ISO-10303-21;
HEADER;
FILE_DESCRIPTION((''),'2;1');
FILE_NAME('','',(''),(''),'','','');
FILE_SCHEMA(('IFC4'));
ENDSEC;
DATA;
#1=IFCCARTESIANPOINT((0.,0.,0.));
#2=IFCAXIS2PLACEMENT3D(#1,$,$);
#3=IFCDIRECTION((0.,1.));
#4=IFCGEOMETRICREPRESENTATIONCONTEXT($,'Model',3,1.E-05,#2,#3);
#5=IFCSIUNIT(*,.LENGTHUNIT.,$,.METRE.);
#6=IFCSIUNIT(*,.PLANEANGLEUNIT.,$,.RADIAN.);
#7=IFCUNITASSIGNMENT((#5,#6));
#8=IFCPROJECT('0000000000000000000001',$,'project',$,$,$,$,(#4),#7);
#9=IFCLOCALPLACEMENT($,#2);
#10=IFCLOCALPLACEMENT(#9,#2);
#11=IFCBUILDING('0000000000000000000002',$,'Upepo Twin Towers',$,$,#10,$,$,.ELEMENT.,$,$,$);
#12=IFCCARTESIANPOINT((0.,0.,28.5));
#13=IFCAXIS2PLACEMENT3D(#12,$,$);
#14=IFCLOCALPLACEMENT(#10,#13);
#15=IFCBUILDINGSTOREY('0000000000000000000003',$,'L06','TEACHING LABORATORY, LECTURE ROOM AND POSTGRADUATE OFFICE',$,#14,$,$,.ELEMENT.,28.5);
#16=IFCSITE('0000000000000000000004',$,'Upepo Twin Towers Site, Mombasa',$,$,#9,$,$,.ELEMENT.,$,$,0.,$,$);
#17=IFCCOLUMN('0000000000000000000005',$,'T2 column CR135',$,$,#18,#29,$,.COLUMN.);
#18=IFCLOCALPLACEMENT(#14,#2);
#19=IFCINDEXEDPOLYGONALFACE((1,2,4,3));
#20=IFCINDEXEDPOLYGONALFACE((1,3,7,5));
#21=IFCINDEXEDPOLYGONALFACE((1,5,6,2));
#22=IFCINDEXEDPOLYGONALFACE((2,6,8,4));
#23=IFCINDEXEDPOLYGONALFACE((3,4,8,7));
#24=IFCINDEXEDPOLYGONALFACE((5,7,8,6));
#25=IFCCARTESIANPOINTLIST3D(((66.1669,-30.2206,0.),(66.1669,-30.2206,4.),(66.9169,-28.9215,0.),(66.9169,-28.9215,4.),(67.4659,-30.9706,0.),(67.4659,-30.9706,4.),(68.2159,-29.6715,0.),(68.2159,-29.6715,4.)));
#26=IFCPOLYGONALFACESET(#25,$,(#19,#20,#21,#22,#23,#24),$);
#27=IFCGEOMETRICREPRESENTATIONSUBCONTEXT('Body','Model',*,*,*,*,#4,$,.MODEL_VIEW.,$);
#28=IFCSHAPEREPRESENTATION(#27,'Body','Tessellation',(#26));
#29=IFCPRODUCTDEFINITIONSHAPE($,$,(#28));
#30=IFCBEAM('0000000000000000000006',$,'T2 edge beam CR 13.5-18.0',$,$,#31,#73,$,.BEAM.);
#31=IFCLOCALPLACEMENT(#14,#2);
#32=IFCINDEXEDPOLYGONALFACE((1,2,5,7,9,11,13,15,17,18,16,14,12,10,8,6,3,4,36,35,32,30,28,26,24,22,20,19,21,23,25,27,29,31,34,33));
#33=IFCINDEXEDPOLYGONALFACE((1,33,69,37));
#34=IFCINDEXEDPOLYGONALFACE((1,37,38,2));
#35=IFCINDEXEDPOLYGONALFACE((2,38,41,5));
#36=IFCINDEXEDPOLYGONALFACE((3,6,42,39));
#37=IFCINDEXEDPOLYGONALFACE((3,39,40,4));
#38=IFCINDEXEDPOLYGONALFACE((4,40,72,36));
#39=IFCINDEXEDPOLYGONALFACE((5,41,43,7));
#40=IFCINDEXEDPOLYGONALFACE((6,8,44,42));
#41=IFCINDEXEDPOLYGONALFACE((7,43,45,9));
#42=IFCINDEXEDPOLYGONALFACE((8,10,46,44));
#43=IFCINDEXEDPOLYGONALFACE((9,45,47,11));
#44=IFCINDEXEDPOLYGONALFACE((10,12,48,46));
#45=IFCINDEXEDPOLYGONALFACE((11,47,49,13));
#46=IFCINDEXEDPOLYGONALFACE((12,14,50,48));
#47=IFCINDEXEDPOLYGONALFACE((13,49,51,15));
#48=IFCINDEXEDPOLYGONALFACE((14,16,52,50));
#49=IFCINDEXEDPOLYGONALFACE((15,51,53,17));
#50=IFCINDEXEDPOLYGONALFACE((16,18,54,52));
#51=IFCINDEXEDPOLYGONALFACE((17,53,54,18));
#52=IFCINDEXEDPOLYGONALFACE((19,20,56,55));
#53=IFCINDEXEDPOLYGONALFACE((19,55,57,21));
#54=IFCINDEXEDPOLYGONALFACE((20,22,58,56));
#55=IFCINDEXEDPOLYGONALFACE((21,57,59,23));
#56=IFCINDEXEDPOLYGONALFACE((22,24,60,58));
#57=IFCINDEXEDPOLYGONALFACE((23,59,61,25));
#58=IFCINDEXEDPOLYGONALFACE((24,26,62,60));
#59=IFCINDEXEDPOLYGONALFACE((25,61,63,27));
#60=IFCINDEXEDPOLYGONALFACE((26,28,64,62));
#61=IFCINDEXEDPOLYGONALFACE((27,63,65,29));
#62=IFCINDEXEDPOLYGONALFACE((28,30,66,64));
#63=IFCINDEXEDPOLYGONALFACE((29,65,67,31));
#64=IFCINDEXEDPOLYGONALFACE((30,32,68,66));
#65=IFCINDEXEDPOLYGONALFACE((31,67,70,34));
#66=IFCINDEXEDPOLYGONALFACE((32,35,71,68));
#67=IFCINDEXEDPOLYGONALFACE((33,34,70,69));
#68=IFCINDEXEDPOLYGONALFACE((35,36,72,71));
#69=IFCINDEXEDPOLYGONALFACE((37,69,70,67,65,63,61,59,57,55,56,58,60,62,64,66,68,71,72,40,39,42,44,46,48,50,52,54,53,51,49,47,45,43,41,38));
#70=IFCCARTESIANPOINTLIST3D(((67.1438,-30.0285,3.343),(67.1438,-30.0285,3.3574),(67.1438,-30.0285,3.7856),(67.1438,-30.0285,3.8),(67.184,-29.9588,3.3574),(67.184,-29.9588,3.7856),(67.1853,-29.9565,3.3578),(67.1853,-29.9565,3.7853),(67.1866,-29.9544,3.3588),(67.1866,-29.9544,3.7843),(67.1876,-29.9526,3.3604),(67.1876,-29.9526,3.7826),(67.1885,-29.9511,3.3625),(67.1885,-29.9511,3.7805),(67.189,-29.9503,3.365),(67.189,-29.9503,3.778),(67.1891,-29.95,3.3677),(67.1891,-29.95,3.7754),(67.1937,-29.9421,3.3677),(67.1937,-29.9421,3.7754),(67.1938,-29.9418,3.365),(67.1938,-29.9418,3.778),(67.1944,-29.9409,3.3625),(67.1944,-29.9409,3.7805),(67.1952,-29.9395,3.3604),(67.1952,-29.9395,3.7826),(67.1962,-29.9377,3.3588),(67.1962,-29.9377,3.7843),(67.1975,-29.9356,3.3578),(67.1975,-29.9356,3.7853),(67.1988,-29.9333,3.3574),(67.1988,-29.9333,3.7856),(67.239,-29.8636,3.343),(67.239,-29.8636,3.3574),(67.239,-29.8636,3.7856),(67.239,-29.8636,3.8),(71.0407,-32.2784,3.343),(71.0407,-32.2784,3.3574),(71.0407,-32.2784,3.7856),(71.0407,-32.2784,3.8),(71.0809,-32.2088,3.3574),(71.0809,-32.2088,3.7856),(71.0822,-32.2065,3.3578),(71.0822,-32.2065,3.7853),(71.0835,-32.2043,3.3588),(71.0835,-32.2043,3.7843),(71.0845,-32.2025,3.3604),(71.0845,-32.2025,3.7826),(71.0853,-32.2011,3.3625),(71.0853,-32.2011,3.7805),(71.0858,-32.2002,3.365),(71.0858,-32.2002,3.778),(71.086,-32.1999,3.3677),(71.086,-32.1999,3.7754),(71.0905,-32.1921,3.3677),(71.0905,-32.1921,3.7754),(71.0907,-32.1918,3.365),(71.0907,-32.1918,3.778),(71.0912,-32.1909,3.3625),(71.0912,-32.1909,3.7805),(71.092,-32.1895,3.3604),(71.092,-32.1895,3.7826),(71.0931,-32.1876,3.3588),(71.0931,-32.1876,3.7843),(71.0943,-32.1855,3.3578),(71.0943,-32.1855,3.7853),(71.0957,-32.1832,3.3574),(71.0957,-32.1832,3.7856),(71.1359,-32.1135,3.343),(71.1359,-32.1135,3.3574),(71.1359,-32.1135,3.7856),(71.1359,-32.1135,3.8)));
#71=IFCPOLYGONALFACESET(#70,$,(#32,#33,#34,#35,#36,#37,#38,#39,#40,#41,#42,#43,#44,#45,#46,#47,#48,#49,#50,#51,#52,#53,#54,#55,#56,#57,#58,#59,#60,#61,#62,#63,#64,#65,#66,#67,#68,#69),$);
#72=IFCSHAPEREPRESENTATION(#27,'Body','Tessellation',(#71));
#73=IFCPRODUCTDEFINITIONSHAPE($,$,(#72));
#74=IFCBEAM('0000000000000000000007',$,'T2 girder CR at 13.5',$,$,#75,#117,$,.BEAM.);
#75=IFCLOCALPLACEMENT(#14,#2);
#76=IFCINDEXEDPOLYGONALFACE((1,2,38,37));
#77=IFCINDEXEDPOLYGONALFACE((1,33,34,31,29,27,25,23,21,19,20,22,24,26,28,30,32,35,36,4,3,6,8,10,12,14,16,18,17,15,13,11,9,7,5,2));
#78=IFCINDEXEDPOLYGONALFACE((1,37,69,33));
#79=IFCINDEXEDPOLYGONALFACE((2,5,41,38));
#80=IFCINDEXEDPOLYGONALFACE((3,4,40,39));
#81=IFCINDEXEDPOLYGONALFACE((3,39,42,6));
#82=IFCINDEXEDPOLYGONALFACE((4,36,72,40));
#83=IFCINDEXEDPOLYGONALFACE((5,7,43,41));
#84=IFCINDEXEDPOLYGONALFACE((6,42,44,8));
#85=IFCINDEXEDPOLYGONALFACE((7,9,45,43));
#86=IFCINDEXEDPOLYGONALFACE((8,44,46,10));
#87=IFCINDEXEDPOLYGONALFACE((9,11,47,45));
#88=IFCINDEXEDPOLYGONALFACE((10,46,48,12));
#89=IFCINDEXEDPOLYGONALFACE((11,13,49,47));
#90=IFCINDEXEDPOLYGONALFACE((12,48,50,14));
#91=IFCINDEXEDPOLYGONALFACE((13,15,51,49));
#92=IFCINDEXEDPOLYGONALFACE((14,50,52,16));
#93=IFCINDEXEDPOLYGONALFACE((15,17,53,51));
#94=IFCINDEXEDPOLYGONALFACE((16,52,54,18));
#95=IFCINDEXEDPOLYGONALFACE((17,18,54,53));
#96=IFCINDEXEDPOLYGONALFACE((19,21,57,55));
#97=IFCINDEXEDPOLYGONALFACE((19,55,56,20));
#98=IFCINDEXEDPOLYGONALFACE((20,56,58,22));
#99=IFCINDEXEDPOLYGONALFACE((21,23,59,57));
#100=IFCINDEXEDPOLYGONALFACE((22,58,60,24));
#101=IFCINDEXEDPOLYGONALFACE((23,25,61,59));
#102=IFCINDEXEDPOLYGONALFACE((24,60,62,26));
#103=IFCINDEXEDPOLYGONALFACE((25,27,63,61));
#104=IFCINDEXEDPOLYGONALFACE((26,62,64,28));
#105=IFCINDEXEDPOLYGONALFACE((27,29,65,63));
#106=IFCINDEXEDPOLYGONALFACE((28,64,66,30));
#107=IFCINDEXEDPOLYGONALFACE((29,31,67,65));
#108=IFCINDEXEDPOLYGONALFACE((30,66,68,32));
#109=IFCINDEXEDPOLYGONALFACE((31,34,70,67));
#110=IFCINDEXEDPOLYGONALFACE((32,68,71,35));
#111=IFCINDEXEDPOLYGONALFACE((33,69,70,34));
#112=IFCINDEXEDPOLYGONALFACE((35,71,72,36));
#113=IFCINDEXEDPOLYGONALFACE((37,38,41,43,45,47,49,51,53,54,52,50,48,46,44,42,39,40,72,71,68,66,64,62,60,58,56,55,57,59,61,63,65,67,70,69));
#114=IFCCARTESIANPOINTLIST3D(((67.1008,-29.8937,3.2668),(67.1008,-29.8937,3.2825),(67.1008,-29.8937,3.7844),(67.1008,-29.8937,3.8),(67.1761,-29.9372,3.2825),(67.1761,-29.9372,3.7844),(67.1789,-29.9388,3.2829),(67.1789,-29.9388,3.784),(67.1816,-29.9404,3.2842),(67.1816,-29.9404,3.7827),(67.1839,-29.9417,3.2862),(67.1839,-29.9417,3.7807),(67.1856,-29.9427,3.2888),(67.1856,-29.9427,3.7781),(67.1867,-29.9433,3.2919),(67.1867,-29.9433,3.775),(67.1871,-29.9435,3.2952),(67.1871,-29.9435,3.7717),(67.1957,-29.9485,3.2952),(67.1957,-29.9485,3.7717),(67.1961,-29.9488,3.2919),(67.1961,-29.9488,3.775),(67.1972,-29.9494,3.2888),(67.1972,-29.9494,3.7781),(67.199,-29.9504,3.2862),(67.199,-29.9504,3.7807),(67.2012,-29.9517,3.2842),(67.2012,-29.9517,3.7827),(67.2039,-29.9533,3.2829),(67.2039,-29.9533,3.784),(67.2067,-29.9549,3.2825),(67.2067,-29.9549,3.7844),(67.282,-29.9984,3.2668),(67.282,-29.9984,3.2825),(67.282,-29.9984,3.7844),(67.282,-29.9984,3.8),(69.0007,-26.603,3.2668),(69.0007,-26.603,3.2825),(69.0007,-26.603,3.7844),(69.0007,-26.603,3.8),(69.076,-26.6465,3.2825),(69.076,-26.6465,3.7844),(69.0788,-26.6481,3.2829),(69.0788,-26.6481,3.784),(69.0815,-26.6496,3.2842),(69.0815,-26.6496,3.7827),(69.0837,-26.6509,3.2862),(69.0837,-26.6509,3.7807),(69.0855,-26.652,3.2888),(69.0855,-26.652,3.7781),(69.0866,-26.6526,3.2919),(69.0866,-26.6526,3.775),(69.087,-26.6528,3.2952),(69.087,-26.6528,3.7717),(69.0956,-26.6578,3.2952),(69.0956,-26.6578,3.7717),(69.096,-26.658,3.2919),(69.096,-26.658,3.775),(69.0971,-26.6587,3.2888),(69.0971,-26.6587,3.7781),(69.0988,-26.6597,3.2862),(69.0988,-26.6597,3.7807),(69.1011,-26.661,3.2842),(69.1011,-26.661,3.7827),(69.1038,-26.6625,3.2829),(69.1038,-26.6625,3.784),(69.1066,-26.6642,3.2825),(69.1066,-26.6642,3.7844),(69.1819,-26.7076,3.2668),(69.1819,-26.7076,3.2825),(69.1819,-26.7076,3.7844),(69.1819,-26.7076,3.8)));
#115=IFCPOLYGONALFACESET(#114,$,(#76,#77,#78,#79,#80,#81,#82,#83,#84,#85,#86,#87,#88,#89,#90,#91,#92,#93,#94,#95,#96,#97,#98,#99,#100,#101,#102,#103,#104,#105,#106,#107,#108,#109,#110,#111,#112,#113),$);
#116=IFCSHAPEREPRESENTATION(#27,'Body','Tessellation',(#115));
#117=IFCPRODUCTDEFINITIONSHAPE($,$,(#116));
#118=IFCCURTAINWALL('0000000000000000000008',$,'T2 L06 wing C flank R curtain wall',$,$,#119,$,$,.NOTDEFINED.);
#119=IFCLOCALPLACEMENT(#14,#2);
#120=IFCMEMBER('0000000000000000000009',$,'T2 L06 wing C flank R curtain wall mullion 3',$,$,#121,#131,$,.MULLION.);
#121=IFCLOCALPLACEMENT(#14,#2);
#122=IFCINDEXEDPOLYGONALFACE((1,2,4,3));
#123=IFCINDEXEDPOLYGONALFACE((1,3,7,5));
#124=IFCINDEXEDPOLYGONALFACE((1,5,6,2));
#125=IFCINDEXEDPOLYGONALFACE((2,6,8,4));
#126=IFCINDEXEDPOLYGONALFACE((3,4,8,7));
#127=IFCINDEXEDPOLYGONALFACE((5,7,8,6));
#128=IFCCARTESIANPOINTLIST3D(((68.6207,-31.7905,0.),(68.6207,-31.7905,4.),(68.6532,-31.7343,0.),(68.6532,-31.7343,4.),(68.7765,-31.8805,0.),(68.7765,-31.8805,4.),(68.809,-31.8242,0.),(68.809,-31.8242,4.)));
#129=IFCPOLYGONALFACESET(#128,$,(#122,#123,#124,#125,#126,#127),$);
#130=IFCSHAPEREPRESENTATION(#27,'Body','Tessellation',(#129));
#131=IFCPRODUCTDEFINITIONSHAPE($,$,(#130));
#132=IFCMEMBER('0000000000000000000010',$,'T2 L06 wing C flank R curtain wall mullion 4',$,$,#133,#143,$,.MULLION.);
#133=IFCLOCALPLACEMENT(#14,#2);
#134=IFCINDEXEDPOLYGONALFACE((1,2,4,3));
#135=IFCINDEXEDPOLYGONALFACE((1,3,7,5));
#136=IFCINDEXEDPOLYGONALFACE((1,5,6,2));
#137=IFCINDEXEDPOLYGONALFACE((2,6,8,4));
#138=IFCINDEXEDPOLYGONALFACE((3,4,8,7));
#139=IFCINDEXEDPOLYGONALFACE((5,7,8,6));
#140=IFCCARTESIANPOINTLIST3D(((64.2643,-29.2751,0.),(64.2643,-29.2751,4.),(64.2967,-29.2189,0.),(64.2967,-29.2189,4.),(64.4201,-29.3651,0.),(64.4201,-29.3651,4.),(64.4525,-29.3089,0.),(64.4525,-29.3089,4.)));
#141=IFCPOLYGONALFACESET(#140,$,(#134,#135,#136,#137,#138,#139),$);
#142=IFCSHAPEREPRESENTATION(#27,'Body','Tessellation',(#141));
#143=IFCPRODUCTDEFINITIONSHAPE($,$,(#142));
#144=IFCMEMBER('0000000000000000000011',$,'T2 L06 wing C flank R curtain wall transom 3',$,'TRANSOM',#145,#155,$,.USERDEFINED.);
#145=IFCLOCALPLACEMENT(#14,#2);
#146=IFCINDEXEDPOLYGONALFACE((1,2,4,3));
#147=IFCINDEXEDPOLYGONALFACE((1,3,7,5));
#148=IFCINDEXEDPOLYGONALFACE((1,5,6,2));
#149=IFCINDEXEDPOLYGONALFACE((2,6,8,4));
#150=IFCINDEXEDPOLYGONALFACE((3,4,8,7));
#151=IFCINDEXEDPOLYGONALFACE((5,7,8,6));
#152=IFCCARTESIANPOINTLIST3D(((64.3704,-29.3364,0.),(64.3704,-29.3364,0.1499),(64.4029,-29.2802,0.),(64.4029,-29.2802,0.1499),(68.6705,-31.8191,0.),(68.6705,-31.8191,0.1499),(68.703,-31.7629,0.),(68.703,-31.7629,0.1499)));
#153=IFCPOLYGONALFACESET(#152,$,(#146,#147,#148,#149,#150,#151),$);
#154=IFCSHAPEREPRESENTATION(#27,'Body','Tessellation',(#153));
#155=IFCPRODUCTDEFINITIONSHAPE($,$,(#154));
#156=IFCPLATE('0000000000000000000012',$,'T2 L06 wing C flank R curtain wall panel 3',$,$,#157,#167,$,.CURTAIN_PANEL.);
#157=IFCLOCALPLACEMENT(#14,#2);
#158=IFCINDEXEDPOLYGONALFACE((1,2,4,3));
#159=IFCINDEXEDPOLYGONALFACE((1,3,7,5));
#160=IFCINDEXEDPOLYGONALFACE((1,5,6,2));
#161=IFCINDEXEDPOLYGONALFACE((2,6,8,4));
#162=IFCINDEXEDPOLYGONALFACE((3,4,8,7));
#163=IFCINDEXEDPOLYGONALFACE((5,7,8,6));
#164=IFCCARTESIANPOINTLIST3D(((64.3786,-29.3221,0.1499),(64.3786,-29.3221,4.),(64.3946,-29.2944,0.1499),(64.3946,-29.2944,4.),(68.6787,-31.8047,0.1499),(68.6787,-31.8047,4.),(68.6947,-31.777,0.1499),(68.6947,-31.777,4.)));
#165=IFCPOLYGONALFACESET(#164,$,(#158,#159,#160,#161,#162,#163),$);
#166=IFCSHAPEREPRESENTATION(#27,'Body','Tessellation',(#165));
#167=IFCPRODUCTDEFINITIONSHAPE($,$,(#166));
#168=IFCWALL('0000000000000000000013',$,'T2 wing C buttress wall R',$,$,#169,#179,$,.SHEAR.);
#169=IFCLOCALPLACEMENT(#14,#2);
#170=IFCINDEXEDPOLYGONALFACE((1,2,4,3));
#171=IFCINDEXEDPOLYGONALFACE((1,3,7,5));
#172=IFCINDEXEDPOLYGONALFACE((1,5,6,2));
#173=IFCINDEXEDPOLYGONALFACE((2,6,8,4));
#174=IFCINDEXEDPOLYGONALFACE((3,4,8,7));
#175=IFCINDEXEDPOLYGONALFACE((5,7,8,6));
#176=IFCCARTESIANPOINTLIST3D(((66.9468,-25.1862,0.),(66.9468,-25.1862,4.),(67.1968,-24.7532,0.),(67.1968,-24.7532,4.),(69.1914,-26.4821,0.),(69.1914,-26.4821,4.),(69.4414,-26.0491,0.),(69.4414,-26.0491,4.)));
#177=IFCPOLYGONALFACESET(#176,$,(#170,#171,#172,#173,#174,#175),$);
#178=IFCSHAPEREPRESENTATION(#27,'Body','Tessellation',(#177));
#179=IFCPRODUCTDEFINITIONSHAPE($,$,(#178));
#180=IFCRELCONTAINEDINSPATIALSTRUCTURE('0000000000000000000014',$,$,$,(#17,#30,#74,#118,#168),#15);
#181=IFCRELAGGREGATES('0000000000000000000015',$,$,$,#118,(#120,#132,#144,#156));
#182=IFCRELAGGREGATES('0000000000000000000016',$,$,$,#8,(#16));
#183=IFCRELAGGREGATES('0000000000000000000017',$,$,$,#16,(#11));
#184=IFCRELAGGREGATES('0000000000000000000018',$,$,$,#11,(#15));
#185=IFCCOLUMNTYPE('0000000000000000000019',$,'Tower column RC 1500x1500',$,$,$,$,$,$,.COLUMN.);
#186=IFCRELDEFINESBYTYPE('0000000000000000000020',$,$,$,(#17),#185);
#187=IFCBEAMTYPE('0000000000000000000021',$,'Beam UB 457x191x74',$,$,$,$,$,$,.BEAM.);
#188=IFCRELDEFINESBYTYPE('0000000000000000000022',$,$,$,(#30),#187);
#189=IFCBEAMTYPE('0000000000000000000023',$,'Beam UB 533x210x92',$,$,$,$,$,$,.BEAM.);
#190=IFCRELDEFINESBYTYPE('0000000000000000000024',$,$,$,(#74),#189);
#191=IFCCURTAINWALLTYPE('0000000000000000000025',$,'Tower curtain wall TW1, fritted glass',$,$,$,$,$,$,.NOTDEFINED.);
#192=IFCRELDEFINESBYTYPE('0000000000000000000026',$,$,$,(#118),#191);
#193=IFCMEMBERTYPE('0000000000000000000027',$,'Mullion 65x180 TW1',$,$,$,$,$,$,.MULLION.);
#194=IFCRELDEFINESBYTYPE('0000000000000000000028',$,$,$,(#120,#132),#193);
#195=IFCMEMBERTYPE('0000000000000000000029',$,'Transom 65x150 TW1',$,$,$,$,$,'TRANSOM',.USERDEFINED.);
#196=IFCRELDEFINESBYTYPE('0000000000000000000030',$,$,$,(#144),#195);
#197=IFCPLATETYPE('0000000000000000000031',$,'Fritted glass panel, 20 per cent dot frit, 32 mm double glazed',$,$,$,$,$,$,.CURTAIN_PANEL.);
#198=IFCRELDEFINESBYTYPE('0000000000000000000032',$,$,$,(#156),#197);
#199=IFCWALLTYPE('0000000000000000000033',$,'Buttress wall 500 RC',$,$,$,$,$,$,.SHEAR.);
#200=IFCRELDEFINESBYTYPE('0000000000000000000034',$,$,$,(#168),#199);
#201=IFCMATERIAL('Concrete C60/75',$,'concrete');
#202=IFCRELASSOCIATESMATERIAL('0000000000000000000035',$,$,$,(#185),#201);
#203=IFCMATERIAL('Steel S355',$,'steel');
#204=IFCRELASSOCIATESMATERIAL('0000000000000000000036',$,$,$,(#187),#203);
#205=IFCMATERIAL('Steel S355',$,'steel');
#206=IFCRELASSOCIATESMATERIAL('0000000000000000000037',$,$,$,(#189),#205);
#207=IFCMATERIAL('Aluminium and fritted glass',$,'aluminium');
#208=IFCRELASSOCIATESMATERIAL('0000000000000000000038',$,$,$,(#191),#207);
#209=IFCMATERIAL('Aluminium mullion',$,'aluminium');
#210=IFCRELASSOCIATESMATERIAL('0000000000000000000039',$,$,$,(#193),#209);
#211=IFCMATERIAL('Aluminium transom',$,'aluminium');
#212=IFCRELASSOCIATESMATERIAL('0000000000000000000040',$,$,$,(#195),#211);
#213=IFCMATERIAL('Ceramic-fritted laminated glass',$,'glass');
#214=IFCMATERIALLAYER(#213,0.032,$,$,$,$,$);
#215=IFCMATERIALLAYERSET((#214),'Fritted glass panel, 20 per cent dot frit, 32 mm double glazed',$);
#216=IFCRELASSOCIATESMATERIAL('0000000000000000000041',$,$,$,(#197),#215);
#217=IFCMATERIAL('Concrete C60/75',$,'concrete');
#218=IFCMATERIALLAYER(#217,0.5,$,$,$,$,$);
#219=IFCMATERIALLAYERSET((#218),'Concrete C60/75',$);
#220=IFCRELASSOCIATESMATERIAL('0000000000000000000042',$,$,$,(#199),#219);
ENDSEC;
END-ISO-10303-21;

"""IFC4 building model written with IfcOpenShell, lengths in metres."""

from ifc_helpers import new_model, si_unit, direction, frame, frame_2d, origin, origin_2d, place, context, subcontext, project, spatial, rectangle, i_section, extrude, material, layer, layer_set, material_profile, profile_set, type_object, element, aggregate, save


model = new_model("IFC4")

# Units and contexts
model_context = context("Model", 3, precision=1e-05, world=origin(), true_north=direction((0.0, 1.0)))
body_context = subcontext(model_context, "Body", "Model", "MODEL_VIEW")
ifc_project = project(units=[si_unit("LENGTHUNIT", "METRE"), si_unit("PLANEANGLEUNIT", "RADIAN")], contexts=[model_context])

# Site, building, storey
site_placement = place(None, origin())
site = spatial("IfcSite", under=ifc_project, at=site_placement, Name="Upepo Twin Towers Site, Mombasa", CompositionType="ELEMENT", RefElevation=0.0)
building_placement = place(site_placement, origin())
building = spatial("IfcBuilding", under=site, at=building_placement, Name="Upepo Twin Towers", CompositionType="ELEMENT")
storey_placement = place(building_placement, frame((0.0, 0.0, 28.5)))
storey = spatial("IfcBuildingStorey", under=building, at=storey_placement, Name="L06", Description="TEACHING LABORATORY, LECTURE ROOM AND POSTGRADUATE OFFICE", CompositionType="ELEMENT", Elevation=28.5)

# Column
ifc_material_1 = material(Name="Concrete C60/75", Category="concrete")
ifc_material_profile_1 = material_profile(ifc_material_1, rectangle(XDim=1.5, YDim=1.5, at=origin_2d()), Name="RC 1500x1500")
ifc_profile_set_1 = profile_set([ifc_material_profile_1], Name="Concrete C60/75")
column_type = type_object("IfcColumnType", Name="Tower column RC 1500x1500", PredefinedType="COLUMN", material=ifc_profile_set_1)
column_placement = place(storey_placement, frame((67.1914, -29.946, 0.0), z_axis=(0.0, 0.0, 1.0), x_axis=(0.5, 0.866025, 0.0)))
element("IfcColumn", 1, at=column_placement, inside=storey, type_object=column_type, Name="T2 column CR135", PredefinedType="COLUMN", context=body_context, shape_type="SweptSolid", body=[
    extrude(rectangle(XDim=1.5, YDim=1.5, at=origin_2d()), origin(), (0.0, 0.0, 1.0), 4.0),
])

# Beams
ifc_material_2 = material(Name="Steel S355", Category="steel")
ifc_material_profile_2 = material_profile(ifc_material_2, i_section(OverallWidth=0.1904, OverallDepth=0.457, WebThickness=0.009, FlangeThickness=0.0144, FilletRadius=0.0103, at=origin_2d()), Name="UB 457x191x74")
ifc_profile_set_2 = profile_set([ifc_material_profile_2], Name="Steel S355")
beam_type_1 = type_object("IfcBeamType", Name="Beam UB 457x191x74", PredefinedType="BEAM", material=ifc_profile_set_2)
beam_1_placement = place(storey_placement, frame((67.1914, -29.946, 3.5715), z_axis=(0.866018, -0.500014, 0.0), x_axis=(0.500014, 0.866018, 0.0)))
element("IfcBeam", 2, at=beam_1_placement, inside=storey, type_object=beam_type_1, Name="T2 edge beam CR 13.5-18.0", PredefinedType="BEAM", context=body_context, shape_type="SweptSolid", body=[
    extrude(i_section(OverallWidth=0.1904, OverallDepth=0.457, WebThickness=0.009, FlangeThickness=0.0144, FilletRadius=0.0103, at=origin_2d()), origin(), (0.0, 0.0, 1.0), 4.4998),
])
ifc_material_3 = material(Name="Steel S355", Category="steel")
ifc_material_profile_3 = material_profile(ifc_material_3, i_section(OverallWidth=0.2092, OverallDepth=0.5332, WebThickness=0.01, FlangeThickness=0.0156, FilletRadius=0.0127, at=origin_2d()), Name="UB 533x210x92")
ifc_profile_set_3 = profile_set([ifc_material_profile_3], Name="Steel S355")
beam_type_2 = type_object("IfcBeamType", Name="Beam UB 533x210x92", PredefinedType="BEAM", material=ifc_profile_set_3)
beam_2_placement = place(storey_placement, frame((67.1914, -29.946, 3.5334), z_axis=(0.499995, 0.866028, 0.0), x_axis=(-0.866028, 0.499995, 0.0)))
element("IfcBeam", 3, at=beam_2_placement, inside=storey, type_object=beam_type_2, Name="T2 girder CR at 13.5", PredefinedType="BEAM", context=body_context, shape_type="SweptSolid", body=[
    extrude(i_section(OverallWidth=0.2092, OverallDepth=0.5332, WebThickness=0.01, FlangeThickness=0.0156, FilletRadius=0.0127, at=origin_2d()), origin(), (0.0, 0.0, 1.0), 3.7998),
])

# Curtain wall, members, plate
ifc_material_4 = material(Name="Aluminium and fritted glass", Category="aluminium")
curtain_wall_type = type_object("IfcCurtainWallType", Name="Tower curtain wall TW1, fritted glass", PredefinedType="NOTDEFINED", material=ifc_material_4)
curtain_wall_placement = place(storey_placement, origin())
curtain_wall = element("IfcCurtainWall", 4, at=curtain_wall_placement, inside=storey, type_object=curtain_wall_type, Name="T2 L06 wing C flank R curtain wall", PredefinedType="NOTDEFINED")
ifc_material_5 = material(Name="Aluminium mullion", Category="aluminium")
ifc_material_profile_4 = material_profile(ifc_material_5, rectangle(XDim=0.0649, YDim=0.1799, at=origin_2d()), Name="MULLION 65x180")
ifc_profile_set_4 = profile_set([ifc_material_profile_4], Name="Aluminium mullion")
member_type_1 = type_object("IfcMemberType", Name="Mullion 65x180 TW1", PredefinedType="MULLION", material=ifc_profile_set_4)
member_1_placement = place(storey_placement, frame((68.7148, -31.8074, 0.0), z_axis=(0.0, 0.0, 1.0), x_axis=(-0.5, -0.866025, 0.0)))
member_1 = element("IfcMember", 5, at=member_1_placement, type_object=member_type_1, Name="T2 L06 wing C flank R curtain wall mullion 3", PredefinedType="MULLION", context=body_context, shape_type="SweptSolid", body=[
    extrude(rectangle(XDim=0.0649, YDim=0.1799, at=origin_2d()), origin(), (0.0, 0.0, 1.0), 4.0),
])
member_2_placement = place(storey_placement, frame((64.3584, -29.292, 0.0), z_axis=(0.0, 0.0, 1.0), x_axis=(-0.5, -0.866025, 0.0)))
member_2 = element("IfcMember", 6, at=member_2_placement, type_object=member_type_1, Name="T2 L06 wing C flank R curtain wall mullion 4", PredefinedType="MULLION", context=body_context, shape_type="SweptSolid", body=[
    extrude(rectangle(XDim=0.0649, YDim=0.1799, at=origin_2d()), origin(), (0.0, 0.0, 1.0), 4.0),
])
ifc_material_6 = material(Name="Aluminium transom", Category="aluminium")
ifc_material_profile_5 = material_profile(ifc_material_6, rectangle(XDim=0.0649, YDim=0.1499, at=origin_2d()), Name="TRANSOM 65x150")
ifc_profile_set_5 = profile_set([ifc_material_profile_5], Name="Aluminium transom")
member_type_2 = type_object("IfcMemberType", Name="Transom 65x150 TW1", ElementType="TRANSOM", PredefinedType="USERDEFINED", material=ifc_profile_set_5)
member_3_placement = place(storey_placement, frame((68.6868, -31.791, 0.075), z_axis=(-0.866023, 0.500005, 0.0), x_axis=(-0.500005, -0.866023, 0.0)))
member_3 = element("IfcMember", 7, at=member_3_placement, type_object=member_type_2, Name="T2 L06 wing C flank R curtain wall transom 3", ObjectType="TRANSOM", PredefinedType="USERDEFINED", context=body_context, shape_type="SweptSolid", body=[
    extrude(rectangle(XDim=0.0649, YDim=0.1499, at=origin_2d()), origin(), (0.0, 0.0, 1.0), 4.9653),
])
ifc_material_7 = material(Name="Ceramic-fritted laminated glass", Category="glass")
ifc_layer_1 = layer(ifc_material_7, 0.032)
ifc_layer_set_1 = layer_set([ifc_layer_1], Name="Fritted glass panel, 20 per cent dot frit, 32 mm double glazed")
plate_type = type_object("IfcPlateType", Name="Fritted glass panel, 20 per cent dot frit, 32 mm double glazed", PredefinedType="CURTAIN_PANEL", material=ifc_layer_set_1)
plate_placement = place(storey_placement, frame((66.5366, -30.5496, 0.1499), z_axis=(0.0, 0.0, 1.0), x_axis=(-0.866025, 0.5, 0.0)))
plate = element("IfcPlate", 8, at=plate_placement, type_object=plate_type, Name="T2 L06 wing C flank R curtain wall panel 3", PredefinedType="CURTAIN_PANEL", context=body_context, shape_type="SweptSolid", body=[
    extrude(rectangle(XDim=4.9653, YDim=0.032, at=origin_2d()), origin(), (0.0, 0.0, 1.0), 3.8501),
])
aggregate(curtain_wall, [member_1, member_2, member_3, plate])

# Wall
ifc_material_8 = material(Name="Concrete C60/75", Category="concrete")
ifc_layer_2 = layer(ifc_material_8, 0.5)
ifc_layer_set_2 = layer_set([ifc_layer_2], Name="Concrete C60/75")
wall_type_1 = type_object("IfcWallType", Name="Buttress wall 500 RC", PredefinedType="SHEAR", material=ifc_layer_set_2)
wall_1_placement = place(storey_placement, frame((67.0718, -24.9697, 0.0), z_axis=(0.0, 0.0, 1.0), x_axis=(0.866032, -0.499989, 0.0)))
element("IfcWall", 9, at=wall_1_placement, inside=storey, type_object=wall_type_1, Name="T2 wing C buttress wall R", PredefinedType="SHEAR", context=body_context, shape_type="SweptSolid", body=[
    extrude(rectangle(XDim=2.5918, YDim=0.5, at=frame_2d((1.2959, 0.0))), origin(), (0.0, 0.0, 1.0), 4.0),
])

save(model, "model.ifc")
